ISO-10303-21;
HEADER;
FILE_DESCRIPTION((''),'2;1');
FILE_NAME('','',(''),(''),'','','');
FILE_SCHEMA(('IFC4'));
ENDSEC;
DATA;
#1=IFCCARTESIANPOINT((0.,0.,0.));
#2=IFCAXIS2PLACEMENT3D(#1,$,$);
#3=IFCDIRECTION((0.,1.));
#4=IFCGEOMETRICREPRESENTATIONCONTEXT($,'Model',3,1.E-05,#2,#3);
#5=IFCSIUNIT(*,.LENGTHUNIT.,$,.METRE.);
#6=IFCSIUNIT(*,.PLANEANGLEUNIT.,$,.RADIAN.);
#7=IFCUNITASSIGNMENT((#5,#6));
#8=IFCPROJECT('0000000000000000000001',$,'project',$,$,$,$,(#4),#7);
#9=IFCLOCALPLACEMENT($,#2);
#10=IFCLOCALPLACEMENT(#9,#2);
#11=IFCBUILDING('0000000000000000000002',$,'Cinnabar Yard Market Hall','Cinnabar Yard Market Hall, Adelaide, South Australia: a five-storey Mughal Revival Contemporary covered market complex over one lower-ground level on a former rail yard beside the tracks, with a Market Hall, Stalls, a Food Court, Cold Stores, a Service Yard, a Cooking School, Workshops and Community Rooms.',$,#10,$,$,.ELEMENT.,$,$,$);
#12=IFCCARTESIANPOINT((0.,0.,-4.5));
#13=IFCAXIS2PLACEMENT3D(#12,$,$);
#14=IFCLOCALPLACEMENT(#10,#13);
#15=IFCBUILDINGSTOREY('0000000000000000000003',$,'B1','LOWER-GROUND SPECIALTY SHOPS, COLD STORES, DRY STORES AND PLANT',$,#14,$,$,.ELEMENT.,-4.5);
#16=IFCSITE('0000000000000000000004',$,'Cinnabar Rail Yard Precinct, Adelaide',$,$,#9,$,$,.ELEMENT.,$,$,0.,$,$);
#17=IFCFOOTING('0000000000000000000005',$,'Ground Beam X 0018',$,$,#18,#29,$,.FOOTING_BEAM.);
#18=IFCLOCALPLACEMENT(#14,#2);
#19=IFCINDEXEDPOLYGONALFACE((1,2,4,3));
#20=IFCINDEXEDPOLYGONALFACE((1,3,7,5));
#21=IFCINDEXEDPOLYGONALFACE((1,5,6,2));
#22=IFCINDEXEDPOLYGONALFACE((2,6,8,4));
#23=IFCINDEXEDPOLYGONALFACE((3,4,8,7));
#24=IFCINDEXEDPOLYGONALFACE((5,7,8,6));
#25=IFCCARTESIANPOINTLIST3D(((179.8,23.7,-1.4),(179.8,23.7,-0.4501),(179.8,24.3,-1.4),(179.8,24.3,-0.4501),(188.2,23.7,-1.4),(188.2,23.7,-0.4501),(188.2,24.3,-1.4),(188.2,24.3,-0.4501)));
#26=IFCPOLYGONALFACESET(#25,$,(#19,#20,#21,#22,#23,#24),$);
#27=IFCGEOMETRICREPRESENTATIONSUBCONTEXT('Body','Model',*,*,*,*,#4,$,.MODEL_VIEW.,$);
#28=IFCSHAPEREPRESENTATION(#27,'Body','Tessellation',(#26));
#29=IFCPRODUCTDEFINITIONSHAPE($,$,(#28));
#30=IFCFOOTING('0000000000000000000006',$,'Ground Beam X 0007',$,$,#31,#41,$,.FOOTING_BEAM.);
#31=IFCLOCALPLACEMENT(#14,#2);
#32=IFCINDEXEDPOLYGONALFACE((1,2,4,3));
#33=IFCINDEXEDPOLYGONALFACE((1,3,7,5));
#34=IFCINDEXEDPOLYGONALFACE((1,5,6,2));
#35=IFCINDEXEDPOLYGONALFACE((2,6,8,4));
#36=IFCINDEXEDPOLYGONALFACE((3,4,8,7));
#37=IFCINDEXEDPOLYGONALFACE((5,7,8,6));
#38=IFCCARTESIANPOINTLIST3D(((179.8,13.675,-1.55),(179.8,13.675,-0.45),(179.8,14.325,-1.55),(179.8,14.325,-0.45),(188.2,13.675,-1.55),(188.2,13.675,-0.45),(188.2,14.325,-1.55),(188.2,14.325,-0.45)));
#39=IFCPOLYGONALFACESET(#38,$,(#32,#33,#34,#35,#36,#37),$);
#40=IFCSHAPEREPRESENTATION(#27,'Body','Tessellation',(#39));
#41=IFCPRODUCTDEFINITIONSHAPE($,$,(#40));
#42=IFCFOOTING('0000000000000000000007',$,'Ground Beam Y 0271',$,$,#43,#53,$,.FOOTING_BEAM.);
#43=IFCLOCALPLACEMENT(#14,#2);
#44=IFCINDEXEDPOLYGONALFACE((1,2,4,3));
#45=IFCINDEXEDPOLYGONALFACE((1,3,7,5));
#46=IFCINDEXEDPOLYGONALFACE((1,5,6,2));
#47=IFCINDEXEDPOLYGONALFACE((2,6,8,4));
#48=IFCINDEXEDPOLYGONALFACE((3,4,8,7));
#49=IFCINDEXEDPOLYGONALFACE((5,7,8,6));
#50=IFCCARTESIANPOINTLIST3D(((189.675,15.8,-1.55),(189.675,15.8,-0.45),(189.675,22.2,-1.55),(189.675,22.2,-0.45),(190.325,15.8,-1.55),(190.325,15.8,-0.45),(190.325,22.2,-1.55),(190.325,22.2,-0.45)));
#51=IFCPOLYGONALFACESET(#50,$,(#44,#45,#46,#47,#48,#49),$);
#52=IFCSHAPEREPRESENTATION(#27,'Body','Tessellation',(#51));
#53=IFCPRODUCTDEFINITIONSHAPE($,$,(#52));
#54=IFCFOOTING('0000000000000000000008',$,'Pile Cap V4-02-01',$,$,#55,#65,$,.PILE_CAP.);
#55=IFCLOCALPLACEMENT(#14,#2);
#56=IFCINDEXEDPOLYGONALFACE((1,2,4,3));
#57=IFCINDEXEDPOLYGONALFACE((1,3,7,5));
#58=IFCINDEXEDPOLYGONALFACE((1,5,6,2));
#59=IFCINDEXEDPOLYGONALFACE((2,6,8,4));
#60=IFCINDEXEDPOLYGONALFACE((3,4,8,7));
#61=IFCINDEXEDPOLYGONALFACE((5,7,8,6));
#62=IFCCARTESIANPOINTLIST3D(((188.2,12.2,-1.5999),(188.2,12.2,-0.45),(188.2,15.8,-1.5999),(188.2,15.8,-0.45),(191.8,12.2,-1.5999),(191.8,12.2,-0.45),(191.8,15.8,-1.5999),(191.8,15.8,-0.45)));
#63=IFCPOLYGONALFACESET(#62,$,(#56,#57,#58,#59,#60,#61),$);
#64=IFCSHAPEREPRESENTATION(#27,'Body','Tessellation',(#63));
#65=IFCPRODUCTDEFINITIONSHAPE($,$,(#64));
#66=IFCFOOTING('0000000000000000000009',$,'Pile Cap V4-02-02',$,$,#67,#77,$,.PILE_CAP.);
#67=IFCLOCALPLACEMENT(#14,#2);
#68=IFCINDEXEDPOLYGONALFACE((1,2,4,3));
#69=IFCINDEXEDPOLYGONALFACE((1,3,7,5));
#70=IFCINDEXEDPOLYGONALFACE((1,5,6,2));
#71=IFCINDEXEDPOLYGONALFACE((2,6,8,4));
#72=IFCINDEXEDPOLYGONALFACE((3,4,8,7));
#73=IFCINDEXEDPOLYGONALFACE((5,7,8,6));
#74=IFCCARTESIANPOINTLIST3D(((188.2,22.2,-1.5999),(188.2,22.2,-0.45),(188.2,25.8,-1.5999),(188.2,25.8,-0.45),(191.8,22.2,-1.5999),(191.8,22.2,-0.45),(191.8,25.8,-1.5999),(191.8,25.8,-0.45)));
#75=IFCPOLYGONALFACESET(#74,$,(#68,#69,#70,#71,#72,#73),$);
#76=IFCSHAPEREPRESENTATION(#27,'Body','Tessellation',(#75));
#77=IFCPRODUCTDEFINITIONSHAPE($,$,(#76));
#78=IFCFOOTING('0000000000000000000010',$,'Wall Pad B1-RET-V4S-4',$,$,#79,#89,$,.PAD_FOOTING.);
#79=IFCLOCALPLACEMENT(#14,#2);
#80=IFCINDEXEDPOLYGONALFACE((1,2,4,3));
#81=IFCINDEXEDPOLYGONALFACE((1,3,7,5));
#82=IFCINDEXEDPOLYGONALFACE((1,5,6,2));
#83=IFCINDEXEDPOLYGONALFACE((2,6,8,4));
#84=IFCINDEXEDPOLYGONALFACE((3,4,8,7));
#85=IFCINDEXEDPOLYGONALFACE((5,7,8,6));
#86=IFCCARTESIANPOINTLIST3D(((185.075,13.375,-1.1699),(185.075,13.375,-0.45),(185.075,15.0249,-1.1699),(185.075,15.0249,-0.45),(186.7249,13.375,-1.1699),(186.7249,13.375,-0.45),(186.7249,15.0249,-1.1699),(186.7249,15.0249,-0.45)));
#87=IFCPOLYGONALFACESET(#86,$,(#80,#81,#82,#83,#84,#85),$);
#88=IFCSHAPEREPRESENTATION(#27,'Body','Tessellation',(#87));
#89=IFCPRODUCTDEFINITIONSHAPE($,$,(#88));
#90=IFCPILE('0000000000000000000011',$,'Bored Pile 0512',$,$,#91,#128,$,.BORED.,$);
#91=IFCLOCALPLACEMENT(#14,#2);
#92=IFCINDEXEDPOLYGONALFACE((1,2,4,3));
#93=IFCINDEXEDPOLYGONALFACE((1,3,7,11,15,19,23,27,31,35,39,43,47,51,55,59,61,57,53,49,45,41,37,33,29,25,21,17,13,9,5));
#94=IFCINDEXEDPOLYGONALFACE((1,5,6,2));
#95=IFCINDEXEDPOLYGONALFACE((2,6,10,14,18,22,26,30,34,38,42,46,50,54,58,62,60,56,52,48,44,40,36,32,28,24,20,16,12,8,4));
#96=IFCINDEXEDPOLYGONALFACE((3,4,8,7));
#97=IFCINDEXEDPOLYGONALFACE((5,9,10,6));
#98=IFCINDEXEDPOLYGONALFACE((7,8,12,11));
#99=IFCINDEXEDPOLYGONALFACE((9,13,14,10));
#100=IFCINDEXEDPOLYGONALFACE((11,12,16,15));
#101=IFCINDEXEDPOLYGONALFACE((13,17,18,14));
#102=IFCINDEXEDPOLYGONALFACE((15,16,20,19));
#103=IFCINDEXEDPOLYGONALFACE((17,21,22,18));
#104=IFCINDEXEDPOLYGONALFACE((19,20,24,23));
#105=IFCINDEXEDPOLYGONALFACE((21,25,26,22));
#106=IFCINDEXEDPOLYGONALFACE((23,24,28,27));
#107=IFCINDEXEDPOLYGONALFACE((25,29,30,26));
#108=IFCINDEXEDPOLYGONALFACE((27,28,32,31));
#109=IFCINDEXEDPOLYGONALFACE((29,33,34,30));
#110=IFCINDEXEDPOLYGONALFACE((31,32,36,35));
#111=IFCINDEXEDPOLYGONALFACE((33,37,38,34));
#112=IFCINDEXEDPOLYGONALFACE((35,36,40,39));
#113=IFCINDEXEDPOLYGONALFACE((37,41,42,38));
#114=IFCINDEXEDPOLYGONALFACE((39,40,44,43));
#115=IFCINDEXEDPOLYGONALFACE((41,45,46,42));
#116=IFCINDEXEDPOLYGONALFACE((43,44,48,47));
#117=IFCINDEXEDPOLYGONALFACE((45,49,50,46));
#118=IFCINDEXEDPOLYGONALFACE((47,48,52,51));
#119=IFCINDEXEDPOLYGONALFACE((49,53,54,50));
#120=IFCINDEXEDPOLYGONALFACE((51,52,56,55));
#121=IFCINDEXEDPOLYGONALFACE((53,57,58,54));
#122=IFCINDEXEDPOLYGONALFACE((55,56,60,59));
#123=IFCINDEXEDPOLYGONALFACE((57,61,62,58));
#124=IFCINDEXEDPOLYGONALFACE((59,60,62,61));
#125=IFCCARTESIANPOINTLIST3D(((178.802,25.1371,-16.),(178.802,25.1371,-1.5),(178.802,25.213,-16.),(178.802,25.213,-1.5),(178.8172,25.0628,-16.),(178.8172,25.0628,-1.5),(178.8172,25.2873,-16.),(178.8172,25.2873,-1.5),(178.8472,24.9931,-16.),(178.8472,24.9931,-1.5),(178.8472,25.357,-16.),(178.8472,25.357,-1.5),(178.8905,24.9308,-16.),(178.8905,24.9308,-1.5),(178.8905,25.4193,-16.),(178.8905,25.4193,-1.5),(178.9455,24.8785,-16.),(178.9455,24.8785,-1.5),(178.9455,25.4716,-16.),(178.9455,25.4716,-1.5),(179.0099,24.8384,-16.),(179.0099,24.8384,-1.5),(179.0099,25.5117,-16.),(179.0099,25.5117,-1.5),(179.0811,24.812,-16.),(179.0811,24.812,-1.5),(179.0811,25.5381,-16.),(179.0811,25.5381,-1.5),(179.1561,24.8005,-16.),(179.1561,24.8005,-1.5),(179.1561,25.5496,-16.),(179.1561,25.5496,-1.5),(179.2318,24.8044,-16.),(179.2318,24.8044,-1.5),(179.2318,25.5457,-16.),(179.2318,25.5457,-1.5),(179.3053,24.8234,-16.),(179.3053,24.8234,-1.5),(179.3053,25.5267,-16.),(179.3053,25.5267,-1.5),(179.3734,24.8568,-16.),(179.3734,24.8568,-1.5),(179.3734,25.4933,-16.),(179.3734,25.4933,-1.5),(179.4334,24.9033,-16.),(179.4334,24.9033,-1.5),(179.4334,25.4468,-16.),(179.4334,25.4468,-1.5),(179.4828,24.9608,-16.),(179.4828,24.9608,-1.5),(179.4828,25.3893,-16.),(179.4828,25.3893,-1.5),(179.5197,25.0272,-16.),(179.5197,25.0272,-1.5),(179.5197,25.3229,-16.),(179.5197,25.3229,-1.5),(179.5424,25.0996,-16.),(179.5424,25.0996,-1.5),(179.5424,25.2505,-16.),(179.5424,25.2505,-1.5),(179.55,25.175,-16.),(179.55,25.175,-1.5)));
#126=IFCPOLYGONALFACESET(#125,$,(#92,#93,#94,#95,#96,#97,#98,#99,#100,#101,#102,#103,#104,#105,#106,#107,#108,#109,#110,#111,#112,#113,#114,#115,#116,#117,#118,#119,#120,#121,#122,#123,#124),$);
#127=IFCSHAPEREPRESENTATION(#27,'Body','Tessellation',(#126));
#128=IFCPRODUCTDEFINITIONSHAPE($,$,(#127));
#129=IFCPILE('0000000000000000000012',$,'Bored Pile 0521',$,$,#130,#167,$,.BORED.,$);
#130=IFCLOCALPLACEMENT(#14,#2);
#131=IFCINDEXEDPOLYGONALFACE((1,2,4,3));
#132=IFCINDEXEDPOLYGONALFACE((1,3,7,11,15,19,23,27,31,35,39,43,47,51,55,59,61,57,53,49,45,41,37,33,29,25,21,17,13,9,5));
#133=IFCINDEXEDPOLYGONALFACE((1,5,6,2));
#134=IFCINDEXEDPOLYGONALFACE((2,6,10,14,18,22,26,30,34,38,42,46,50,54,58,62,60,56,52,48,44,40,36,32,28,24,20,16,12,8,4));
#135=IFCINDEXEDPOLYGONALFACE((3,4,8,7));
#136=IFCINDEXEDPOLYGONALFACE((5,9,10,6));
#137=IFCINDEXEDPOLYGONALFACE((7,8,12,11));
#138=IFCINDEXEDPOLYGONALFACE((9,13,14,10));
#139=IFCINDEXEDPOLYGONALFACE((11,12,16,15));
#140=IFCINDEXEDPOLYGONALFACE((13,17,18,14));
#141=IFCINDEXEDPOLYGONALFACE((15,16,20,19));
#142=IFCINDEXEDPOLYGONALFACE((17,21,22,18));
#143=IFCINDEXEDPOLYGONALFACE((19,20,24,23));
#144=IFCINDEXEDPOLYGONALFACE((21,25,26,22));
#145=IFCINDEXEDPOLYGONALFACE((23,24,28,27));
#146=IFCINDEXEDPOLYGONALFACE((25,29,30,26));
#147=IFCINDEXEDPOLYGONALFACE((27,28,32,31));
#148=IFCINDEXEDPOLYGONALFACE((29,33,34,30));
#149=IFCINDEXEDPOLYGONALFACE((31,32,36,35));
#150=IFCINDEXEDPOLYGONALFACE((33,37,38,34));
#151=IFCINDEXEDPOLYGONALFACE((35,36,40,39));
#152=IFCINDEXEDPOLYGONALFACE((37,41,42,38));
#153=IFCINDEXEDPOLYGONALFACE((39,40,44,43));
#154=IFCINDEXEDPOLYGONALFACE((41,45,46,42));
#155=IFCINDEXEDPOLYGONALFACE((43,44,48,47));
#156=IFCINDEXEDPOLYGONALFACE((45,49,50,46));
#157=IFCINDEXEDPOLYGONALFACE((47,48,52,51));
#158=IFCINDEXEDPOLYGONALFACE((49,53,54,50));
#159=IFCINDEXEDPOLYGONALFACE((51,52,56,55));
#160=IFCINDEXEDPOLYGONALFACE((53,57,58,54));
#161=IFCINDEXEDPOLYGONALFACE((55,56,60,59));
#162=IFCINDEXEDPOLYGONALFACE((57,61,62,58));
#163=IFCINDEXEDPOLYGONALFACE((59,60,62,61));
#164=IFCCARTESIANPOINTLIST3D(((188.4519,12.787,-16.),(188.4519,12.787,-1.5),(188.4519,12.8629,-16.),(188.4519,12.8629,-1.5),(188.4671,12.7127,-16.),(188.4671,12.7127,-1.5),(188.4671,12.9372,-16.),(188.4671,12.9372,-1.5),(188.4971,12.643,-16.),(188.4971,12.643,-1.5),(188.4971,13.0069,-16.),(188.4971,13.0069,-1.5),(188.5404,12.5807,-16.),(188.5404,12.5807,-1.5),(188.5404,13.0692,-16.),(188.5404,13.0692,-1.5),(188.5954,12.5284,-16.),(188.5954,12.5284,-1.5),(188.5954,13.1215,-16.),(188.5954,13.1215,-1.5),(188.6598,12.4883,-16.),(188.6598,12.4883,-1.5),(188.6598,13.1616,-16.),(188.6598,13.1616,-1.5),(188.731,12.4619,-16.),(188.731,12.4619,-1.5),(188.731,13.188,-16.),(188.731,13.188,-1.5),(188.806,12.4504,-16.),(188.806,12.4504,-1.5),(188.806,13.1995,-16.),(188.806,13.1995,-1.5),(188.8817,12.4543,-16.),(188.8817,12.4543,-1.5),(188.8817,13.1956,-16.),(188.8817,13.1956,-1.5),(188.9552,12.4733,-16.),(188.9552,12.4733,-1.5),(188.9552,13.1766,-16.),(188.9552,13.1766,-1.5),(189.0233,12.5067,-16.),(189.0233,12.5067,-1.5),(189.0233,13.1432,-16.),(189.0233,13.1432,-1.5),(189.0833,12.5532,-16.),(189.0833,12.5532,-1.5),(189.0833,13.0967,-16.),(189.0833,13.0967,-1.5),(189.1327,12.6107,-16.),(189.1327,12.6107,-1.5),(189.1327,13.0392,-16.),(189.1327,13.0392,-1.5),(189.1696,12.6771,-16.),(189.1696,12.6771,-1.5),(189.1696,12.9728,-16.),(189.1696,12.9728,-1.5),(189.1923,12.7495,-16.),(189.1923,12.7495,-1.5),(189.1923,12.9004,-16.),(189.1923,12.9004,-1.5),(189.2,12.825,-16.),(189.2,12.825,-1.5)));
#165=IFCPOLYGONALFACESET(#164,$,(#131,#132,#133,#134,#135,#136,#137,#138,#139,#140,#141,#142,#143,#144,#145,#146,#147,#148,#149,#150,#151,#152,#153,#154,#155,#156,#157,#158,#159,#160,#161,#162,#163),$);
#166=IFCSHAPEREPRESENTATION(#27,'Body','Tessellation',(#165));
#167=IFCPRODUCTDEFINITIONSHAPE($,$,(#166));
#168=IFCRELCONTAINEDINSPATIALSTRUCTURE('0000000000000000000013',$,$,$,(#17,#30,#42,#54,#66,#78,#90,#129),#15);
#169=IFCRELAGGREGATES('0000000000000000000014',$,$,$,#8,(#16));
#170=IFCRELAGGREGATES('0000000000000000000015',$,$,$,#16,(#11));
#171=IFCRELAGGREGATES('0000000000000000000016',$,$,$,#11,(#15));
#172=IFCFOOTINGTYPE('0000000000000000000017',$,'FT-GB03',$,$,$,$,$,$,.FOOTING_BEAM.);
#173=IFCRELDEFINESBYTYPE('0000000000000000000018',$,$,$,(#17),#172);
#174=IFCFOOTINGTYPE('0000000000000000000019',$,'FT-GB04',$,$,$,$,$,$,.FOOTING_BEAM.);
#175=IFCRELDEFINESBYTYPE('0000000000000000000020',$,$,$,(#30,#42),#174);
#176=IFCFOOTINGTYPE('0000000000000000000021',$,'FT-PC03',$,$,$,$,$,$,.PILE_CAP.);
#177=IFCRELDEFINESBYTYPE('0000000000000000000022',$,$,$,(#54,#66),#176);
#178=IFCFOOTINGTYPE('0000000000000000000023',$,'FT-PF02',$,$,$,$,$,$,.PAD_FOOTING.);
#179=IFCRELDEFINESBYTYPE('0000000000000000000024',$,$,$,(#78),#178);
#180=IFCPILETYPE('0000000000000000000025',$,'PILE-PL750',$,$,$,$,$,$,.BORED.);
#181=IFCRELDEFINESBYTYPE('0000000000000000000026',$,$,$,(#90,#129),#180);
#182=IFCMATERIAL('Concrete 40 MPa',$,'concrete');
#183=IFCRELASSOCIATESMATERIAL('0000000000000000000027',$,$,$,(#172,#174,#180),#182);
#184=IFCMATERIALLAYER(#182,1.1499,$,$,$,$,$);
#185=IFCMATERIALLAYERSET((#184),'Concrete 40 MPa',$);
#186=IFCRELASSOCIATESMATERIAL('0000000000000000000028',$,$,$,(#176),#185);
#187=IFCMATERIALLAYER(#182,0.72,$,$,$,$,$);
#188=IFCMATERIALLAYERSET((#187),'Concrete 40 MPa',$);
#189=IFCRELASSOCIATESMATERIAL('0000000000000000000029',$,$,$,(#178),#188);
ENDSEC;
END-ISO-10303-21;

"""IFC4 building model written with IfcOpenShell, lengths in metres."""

from ifc_helpers import new_model, si_unit, direction, frame, origin, origin_2d_with_axis, place, context, subcontext, project, spatial, rectangle, circle, extrude, material, layer, layer_set, material_profile, profile_set, type_object, element, save


model = new_model("IFC4")

# Units and contexts
model_context = context("Model", 3, precision=1e-05, world=origin(), true_north=direction((0.0, 1.0)))
body_context = subcontext(model_context, "Body", "Model", "MODEL_VIEW")
ifc_project = project(units=[si_unit("LENGTHUNIT", "METRE"), si_unit("PLANEANGLEUNIT", "RADIAN")], contexts=[model_context])

# Site, building, storey
site_placement = place(None, origin())
site = spatial("IfcSite", under=ifc_project, at=site_placement, Name="Cinnabar Rail Yard Precinct, Adelaide", CompositionType="ELEMENT", RefElevation=0.0)
building_placement = place(site_placement, origin())
building = spatial("IfcBuilding", under=site, at=building_placement, Name="Cinnabar Yard Market Hall", Description="Cinnabar Yard Market Hall, Adelaide, South Australia: a five-storey Mughal Revival Contemporary covered market complex over one lower-ground level on a former rail yard beside the tracks, with a Market Hall, Stalls, a Food Court, Cold Stores, a Service Yard, a Cooking School, Workshops and Community Rooms.", CompositionType="ELEMENT")
storey_placement = place(building_placement, frame((0.0, 0.0, -4.5)))
storey = spatial("IfcBuildingStorey", under=building, at=storey_placement, Name="B1", Description="LOWER-GROUND SPECIALTY SHOPS, COLD STORES, DRY STORES AND PLANT", CompositionType="ELEMENT", Elevation=-4.5)

# Footings
ifc_material_1 = material(Name="Concrete 40 MPa", Category="concrete")
ifc_material_profile_1 = material_profile(ifc_material_1, rectangle(XDim=0.6001, YDim=0.95, at=origin_2d_with_axis()), Name="GB-600x950")
ifc_profile_set_1 = profile_set([ifc_material_profile_1], Name="Concrete 40 MPa")
footing_type_1 = type_object("IfcFootingType", Name="FT-GB03", PredefinedType="FOOTING_BEAM", material=ifc_profile_set_1)
footing_1_placement = place(storey_placement, frame((179.8, 24.0, -0.925), z_axis=(1.0, 0.0, 0.0), x_axis=(0.0, 1.0, 0.0)))
element("IfcFooting", 1, at=footing_1_placement, inside=storey, type_object=footing_type_1, Name="Ground Beam X 0018", PredefinedType="FOOTING_BEAM", context=body_context, shape_type="SweptSolid", body=[
    extrude(rectangle(XDim=0.6001, YDim=0.95, at=origin_2d_with_axis()), origin(), (0.0, 0.0, 1.0), 8.3999),
])
ifc_material_profile_2 = material_profile(ifc_material_1, rectangle(XDim=0.6499, YDim=1.1001, at=origin_2d_with_axis()), Name="GB-650x1100")
ifc_profile_set_2 = profile_set([ifc_material_profile_2], Name="Concrete 40 MPa")
footing_type_2 = type_object("IfcFootingType", Name="FT-GB04", PredefinedType="FOOTING_BEAM", material=ifc_profile_set_2)
footing_2_placement = place(storey_placement, frame((179.8, 14.0, -1.0), z_axis=(1.0, 0.0, 0.0), x_axis=(0.0, 1.0, 0.0)))
element("IfcFooting", 2, at=footing_2_placement, inside=storey, type_object=footing_type_2, Name="Ground Beam X 0007", PredefinedType="FOOTING_BEAM", context=body_context, shape_type="SweptSolid", body=[
    extrude(rectangle(XDim=0.6499, YDim=1.1001, at=origin_2d_with_axis()), origin(), (0.0, 0.0, 1.0), 8.3999),
])
footing_3_placement = place(storey_placement, frame((190.0, 15.8, -1.0), z_axis=(0.0, 1.0, 0.0), x_axis=(-1.0, 0.0, 0.0)))
element("IfcFooting", 3, at=footing_3_placement, inside=storey, type_object=footing_type_2, Name="Ground Beam Y 0271", PredefinedType="FOOTING_BEAM", context=body_context, shape_type="SweptSolid", body=[
    extrude(rectangle(XDim=0.6499, YDim=1.1001, at=origin_2d_with_axis()), origin(), (0.0, 0.0, 1.0), 6.3999),
])
ifc_layer_1 = layer(ifc_material_1, 1.1499)
ifc_layer_set_1 = layer_set([ifc_layer_1], Name="Concrete 40 MPa")
footing_type_3 = type_object("IfcFootingType", Name="FT-PC03", PredefinedType="PILE_CAP", material=ifc_layer_set_1)
for number, where, z_axis, x_axis, name in (
    (4, (190.0, 14.0, -1.5999), (0.0, 0.0, 1.0), (1.0, 0.0, 0.0), "Pile Cap V4-02-01"),
    (5, (190.0, 24.0, -1.5999), (0.0, 0.0, 1.0), (1.0, 0.0, 0.0), "Pile Cap V4-02-02"),
):
    element("IfcFooting", number, at=place(storey_placement, frame(where, z_axis=z_axis, x_axis=x_axis)), inside=storey, type_object=footing_type_3, Name=name, PredefinedType="PILE_CAP", context=body_context, shape_type="SweptSolid", body=[
        extrude(rectangle(XDim=3.6001, YDim=3.6001, at=origin_2d_with_axis()), origin(), (0.0, 0.0, 1.0), 1.1499),
    ])
ifc_layer_2 = layer(ifc_material_1, 0.72)
ifc_layer_set_2 = layer_set([ifc_layer_2], Name="Concrete 40 MPa")
footing_type_4 = type_object("IfcFootingType", Name="FT-PF02", PredefinedType="PAD_FOOTING", material=ifc_layer_set_2)
footing_4_placement = place(storey_placement, frame((185.8999, 14.2, -1.1699), z_axis=(0.0, 0.0, 1.0), x_axis=(1.0, 0.0, 0.0)))
element("IfcFooting", 6, at=footing_4_placement, inside=storey, type_object=footing_type_4, Name="Wall Pad B1-RET-V4S-4", PredefinedType="PAD_FOOTING", context=body_context, shape_type="SweptSolid", body=[
    extrude(rectangle(XDim=1.6499, YDim=1.6499, at=origin_2d_with_axis()), origin(), (0.0, 0.0, 1.0), 0.72),
])

# Piles
ifc_material_profile_3 = material_profile(ifc_material_1, circle(Radius=0.375, at=origin_2d_with_axis()), Name="PILE-D750")
ifc_profile_set_3 = profile_set([ifc_material_profile_3], Name="Concrete 40 MPa")
pile_type = type_object("IfcPileType", Name="PILE-PL750", PredefinedType="BORED", material=ifc_profile_set_3)
for number, where, z_axis, x_axis, name in (
    (7, (179.175, 25.175, -1.5), (0.0, 0.0, -1.0), (1.0, 0.0, 0.0), "Bored Pile 0512"),
    (8, (188.825, 12.825, -1.5), (0.0, 0.0, -1.0), (1.0, 0.0, 0.0), "Bored Pile 0521"),
):
    element("IfcPile", number, at=place(storey_placement, frame(where, z_axis=z_axis, x_axis=x_axis)), inside=storey, type_object=pile_type, Name=name, PredefinedType="BORED", context=body_context, shape_type="SweptSolid", body=[
        extrude(circle(Radius=0.375, at=origin_2d_with_axis()), origin(), (0.0, 0.0, 1.0), 14.5),
    ])

save(model, "model.ifc")
